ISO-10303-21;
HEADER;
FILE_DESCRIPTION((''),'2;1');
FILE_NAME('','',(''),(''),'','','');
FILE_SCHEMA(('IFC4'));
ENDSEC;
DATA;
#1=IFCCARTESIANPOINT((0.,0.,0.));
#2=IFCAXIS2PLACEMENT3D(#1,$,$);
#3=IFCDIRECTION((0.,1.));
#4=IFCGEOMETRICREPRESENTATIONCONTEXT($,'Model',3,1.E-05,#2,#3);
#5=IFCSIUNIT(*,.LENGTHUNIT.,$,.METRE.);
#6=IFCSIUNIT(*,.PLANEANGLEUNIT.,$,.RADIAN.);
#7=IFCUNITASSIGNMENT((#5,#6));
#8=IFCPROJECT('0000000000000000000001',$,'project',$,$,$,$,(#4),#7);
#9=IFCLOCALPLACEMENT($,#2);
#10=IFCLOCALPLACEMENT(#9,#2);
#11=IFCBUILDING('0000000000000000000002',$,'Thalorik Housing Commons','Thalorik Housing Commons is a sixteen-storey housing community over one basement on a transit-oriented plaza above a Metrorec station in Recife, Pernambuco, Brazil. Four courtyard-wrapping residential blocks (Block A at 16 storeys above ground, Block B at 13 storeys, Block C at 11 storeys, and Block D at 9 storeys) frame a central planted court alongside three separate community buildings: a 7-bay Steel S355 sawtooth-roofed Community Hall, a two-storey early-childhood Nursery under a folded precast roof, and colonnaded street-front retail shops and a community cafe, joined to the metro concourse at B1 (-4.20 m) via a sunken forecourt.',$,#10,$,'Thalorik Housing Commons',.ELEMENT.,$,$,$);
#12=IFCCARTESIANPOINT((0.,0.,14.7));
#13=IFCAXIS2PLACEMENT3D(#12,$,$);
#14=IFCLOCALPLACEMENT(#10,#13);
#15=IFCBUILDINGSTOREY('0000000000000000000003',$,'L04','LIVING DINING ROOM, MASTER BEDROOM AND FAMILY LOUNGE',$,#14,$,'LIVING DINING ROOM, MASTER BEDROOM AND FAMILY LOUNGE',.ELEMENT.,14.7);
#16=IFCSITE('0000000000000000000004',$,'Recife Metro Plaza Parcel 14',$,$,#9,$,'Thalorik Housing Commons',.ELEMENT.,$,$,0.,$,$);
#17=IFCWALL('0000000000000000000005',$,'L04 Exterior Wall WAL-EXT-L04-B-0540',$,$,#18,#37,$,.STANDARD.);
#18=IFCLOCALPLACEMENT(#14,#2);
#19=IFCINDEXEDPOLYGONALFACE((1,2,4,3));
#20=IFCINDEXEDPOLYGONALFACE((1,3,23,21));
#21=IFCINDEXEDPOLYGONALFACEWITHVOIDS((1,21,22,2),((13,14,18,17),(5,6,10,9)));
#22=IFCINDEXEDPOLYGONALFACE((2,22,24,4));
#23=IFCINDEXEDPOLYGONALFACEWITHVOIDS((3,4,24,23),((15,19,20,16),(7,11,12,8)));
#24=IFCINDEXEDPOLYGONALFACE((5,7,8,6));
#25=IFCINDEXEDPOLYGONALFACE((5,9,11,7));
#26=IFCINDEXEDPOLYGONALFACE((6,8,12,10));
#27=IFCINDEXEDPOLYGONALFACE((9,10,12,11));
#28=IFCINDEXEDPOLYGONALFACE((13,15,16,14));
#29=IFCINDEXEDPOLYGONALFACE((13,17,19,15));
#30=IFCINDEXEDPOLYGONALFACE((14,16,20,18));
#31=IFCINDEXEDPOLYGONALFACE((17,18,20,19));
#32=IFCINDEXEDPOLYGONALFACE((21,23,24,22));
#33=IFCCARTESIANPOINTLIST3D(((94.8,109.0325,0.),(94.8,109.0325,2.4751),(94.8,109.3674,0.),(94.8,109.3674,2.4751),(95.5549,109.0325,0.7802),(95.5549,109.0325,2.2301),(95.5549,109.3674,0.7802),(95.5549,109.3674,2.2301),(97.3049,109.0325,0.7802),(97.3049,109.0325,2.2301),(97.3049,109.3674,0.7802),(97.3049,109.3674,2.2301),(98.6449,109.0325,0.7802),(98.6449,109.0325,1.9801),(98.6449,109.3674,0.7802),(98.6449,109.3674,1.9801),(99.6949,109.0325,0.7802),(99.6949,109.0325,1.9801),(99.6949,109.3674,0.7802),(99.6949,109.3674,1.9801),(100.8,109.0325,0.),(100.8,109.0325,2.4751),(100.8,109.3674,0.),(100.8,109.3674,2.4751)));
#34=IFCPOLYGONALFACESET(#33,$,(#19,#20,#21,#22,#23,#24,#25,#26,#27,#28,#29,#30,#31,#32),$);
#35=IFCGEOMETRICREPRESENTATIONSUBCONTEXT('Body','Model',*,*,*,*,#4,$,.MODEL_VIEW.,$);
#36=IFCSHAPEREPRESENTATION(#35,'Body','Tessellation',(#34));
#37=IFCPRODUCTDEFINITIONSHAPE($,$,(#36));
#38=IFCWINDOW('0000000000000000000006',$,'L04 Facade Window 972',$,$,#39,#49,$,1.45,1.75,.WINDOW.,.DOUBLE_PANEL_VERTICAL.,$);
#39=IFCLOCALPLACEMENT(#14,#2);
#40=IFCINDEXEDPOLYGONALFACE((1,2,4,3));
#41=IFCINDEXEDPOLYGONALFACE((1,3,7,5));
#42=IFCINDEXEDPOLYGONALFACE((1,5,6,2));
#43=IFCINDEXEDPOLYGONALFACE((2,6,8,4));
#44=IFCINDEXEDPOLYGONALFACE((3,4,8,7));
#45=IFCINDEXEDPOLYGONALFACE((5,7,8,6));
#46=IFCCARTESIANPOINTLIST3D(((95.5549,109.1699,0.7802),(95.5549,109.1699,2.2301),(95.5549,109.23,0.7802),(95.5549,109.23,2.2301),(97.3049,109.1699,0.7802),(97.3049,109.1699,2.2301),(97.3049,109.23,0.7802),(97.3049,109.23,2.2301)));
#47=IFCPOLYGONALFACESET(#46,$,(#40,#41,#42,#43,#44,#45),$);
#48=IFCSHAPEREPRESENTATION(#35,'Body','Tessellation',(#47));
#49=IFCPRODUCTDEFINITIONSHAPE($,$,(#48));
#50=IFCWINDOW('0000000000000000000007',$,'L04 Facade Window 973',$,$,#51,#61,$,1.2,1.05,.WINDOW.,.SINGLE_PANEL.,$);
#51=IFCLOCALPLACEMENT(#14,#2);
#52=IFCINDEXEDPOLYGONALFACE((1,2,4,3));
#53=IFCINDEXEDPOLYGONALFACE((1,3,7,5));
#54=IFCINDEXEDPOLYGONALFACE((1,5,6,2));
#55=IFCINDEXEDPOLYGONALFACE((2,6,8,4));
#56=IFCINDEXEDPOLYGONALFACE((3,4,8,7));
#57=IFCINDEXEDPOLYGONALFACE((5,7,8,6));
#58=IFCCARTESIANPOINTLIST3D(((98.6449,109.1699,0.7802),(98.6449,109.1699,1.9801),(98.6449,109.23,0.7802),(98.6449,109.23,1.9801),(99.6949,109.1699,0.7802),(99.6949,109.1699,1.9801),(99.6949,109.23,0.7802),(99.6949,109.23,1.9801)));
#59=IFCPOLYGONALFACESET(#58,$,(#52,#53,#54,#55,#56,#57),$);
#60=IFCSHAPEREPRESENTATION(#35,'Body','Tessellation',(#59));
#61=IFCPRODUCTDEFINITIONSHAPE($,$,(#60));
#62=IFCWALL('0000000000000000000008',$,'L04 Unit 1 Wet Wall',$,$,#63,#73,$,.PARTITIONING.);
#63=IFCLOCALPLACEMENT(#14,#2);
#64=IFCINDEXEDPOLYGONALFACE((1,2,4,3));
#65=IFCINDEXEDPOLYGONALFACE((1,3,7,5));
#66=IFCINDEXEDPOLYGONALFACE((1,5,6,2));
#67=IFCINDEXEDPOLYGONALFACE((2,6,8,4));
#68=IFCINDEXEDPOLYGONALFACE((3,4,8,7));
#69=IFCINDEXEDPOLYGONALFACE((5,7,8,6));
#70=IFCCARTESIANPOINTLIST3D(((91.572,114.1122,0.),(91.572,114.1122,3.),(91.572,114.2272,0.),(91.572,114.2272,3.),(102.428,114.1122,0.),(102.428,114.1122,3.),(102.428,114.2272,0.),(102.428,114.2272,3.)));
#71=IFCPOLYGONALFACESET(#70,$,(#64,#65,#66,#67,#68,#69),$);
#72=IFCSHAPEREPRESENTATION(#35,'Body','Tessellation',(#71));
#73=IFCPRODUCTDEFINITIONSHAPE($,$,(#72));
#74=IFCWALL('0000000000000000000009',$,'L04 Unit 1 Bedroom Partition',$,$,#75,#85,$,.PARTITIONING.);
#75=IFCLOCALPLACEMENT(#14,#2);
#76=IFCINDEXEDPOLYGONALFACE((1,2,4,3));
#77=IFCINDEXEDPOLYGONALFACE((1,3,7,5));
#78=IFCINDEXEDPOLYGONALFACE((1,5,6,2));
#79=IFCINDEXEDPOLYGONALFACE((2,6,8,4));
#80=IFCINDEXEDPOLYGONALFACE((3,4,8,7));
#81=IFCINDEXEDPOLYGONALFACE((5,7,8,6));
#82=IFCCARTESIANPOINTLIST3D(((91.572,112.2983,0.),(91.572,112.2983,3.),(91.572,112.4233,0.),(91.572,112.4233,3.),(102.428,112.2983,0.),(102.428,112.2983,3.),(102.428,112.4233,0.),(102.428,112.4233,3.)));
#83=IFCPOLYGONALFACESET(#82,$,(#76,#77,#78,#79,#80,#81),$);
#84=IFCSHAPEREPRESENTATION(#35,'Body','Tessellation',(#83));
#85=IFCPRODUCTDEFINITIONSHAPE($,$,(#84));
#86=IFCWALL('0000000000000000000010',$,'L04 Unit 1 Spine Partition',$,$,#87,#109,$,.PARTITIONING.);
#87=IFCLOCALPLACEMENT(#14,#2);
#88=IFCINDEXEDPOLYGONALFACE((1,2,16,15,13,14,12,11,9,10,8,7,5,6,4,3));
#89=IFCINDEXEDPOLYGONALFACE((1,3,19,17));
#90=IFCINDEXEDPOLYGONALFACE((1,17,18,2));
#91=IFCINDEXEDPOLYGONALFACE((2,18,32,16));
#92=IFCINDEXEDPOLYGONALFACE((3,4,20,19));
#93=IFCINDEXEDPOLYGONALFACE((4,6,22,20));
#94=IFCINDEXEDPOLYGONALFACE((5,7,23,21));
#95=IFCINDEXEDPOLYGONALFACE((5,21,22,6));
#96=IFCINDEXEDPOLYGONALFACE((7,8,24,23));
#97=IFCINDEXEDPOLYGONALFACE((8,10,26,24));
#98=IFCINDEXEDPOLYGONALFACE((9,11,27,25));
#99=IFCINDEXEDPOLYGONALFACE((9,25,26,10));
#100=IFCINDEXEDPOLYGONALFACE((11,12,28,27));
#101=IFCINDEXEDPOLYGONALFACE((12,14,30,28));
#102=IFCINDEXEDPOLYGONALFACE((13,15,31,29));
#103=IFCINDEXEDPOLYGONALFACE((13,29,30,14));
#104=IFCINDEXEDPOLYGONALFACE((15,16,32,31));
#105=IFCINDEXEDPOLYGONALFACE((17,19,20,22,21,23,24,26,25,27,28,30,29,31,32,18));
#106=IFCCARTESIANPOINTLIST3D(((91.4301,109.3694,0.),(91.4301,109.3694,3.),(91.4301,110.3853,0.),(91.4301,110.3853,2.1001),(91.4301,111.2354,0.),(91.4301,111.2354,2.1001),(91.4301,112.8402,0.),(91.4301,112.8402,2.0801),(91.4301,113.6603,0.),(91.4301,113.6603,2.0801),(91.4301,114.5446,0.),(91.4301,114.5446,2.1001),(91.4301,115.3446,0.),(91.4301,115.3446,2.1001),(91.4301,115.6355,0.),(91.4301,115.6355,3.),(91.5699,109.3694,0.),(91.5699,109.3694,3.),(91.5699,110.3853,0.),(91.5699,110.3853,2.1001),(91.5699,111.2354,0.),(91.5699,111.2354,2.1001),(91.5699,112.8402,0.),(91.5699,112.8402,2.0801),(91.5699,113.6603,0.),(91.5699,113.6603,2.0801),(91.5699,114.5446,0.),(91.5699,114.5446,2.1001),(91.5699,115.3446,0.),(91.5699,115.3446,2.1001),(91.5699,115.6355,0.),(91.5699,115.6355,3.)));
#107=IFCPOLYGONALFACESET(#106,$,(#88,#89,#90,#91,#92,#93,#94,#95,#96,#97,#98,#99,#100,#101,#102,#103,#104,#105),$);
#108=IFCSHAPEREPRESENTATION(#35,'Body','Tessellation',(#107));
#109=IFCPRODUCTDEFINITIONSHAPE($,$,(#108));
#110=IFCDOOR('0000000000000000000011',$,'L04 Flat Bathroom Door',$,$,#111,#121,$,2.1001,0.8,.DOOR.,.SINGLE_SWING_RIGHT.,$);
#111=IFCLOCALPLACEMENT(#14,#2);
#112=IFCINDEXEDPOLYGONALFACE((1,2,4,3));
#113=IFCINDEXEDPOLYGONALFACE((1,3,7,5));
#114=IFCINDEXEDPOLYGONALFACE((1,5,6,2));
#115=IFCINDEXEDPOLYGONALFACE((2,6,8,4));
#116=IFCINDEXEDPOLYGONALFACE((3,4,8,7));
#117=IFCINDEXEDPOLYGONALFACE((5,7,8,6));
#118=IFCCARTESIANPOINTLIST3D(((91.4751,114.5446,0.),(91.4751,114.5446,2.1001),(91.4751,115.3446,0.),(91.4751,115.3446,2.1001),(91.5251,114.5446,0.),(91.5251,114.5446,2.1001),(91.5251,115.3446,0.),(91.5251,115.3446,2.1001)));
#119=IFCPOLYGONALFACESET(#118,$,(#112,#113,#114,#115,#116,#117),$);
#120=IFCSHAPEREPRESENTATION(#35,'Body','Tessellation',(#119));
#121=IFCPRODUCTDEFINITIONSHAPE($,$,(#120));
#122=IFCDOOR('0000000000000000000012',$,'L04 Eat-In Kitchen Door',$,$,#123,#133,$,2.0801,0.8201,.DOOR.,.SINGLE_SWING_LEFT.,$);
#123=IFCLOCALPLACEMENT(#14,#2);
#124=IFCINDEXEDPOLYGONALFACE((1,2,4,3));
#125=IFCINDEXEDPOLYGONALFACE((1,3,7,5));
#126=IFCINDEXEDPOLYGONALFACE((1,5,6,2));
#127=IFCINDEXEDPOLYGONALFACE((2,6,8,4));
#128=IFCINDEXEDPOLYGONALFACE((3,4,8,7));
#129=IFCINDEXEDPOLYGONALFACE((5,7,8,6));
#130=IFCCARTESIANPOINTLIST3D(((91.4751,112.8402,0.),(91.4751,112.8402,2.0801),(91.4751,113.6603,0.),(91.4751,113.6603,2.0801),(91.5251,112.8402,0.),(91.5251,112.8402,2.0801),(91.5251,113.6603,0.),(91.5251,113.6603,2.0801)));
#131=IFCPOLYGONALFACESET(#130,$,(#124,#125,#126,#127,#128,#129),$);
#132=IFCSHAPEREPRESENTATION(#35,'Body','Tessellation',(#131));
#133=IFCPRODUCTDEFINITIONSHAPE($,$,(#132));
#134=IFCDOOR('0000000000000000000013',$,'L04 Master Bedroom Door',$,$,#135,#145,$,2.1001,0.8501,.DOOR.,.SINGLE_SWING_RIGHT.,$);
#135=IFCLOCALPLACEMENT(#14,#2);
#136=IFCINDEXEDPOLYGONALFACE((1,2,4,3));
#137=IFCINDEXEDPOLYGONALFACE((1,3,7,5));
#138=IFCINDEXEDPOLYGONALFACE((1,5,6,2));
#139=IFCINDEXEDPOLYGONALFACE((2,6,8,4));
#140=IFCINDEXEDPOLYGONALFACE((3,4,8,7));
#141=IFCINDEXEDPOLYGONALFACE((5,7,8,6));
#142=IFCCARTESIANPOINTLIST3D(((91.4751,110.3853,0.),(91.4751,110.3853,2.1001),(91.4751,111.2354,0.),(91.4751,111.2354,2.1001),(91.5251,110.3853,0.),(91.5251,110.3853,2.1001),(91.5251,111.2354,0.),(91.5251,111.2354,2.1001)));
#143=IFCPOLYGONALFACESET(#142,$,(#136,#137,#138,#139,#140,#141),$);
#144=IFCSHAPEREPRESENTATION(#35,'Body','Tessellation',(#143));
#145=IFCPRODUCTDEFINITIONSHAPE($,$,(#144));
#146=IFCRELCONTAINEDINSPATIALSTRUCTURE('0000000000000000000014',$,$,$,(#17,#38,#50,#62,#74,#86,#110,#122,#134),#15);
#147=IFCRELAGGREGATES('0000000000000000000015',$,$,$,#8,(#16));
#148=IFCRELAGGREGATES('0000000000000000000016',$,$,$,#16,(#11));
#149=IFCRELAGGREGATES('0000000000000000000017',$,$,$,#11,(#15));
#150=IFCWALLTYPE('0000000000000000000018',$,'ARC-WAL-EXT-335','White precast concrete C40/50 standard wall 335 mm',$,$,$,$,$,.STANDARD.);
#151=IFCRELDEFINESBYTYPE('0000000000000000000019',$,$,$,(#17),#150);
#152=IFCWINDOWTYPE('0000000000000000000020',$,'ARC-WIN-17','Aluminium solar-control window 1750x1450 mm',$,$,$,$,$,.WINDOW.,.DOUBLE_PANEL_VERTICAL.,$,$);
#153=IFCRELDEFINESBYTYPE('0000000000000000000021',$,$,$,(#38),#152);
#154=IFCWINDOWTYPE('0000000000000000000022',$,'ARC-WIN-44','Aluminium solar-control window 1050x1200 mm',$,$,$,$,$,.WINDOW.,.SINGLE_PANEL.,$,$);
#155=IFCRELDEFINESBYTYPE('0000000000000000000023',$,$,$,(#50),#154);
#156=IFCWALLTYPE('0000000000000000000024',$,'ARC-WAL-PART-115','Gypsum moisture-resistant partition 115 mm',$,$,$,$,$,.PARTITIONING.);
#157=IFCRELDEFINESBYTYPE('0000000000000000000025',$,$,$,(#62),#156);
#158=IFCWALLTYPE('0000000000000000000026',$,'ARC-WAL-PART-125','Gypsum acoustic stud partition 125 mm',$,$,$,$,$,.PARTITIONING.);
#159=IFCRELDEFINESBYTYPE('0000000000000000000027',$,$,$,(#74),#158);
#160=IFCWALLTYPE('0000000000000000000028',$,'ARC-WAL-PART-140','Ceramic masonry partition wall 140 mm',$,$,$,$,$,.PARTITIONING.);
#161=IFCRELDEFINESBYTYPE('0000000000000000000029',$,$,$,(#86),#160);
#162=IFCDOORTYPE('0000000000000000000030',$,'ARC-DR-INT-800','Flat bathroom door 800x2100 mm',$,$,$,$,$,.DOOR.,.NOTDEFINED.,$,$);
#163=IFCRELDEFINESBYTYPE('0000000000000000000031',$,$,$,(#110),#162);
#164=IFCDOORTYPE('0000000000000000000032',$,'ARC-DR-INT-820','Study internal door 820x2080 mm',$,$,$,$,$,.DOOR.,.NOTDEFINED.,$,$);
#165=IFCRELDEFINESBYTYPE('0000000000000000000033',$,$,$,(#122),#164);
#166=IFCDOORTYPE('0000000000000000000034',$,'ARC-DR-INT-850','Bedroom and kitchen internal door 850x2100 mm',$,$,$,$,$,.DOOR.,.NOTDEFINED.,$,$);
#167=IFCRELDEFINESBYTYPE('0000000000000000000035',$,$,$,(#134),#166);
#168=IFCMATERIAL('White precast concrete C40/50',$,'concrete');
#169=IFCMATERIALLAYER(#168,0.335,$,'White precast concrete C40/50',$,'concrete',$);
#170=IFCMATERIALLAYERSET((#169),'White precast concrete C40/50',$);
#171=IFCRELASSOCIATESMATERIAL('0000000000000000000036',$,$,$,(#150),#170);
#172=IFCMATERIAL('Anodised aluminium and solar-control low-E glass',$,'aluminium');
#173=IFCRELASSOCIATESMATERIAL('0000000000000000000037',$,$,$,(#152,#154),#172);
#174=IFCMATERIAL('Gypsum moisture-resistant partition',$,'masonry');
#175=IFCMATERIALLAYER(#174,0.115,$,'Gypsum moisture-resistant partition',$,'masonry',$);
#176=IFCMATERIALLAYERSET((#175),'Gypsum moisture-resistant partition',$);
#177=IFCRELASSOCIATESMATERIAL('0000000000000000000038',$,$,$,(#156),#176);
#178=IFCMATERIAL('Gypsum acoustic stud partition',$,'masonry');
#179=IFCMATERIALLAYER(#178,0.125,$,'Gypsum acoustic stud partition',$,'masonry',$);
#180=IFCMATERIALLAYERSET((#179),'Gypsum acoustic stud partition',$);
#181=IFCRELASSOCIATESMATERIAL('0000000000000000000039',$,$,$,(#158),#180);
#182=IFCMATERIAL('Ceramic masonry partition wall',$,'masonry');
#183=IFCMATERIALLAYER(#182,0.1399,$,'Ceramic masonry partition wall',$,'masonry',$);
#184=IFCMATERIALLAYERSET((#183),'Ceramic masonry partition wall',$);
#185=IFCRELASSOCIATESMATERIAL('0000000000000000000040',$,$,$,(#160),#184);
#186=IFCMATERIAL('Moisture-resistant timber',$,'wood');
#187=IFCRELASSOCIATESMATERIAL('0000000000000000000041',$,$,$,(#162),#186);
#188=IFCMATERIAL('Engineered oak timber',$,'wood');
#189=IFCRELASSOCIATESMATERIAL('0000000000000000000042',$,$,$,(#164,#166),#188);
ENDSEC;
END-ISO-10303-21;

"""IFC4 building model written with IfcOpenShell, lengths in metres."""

from ifc_helpers import new_model, si_unit, direction, frame, frame_2d, origin, place, context, subcontext, project, spatial, rectangle, extrude, material, layer, layer_set, type_object, element, fill, save


model = new_model("IFC4")

# Units and contexts
model_context = context("Model", 3, precision=1e-05, world=origin(), true_north=direction((0.0, 1.0)))
body_context = subcontext(model_context, "Body", "Model", "MODEL_VIEW")
ifc_project = project(units=[si_unit("LENGTHUNIT", "METRE"), si_unit("PLANEANGLEUNIT", "RADIAN")], contexts=[model_context])

# Site, building, storey
site_placement = place(None, origin())
site = spatial("IfcSite", under=ifc_project, at=site_placement, Name="Recife Metro Plaza Parcel 14", LongName="Thalorik Housing Commons", CompositionType="ELEMENT", RefElevation=0.0)
building_placement = place(site_placement, origin())
building = spatial("IfcBuilding", under=site, at=building_placement, Name="Thalorik Housing Commons", Description="Thalorik Housing Commons is a sixteen-storey housing community over one basement on a transit-oriented plaza above a Metrorec station in Recife, Pernambuco, Brazil. Four courtyard-wrapping residential blocks (Block A at 16 storeys above ground, Block B at 13 storeys, Block C at 11 storeys, and Block D at 9 storeys) frame a central planted court alongside three separate community buildings: a 7-bay Steel S355 sawtooth-roofed Community Hall, a two-storey early-childhood Nursery under a folded precast roof, and colonnaded street-front retail shops and a community cafe, joined to the metro concourse at B1 (-4.20 m) via a sunken forecourt.", LongName="Thalorik Housing Commons", CompositionType="ELEMENT")
storey_placement = place(building_placement, frame((0.0, 0.0, 14.7)))
storey = spatial("IfcBuildingStorey", under=building, at=storey_placement, Name="L04", Description="LIVING DINING ROOM, MASTER BEDROOM AND FAMILY LOUNGE", LongName="LIVING DINING ROOM, MASTER BEDROOM AND FAMILY LOUNGE", CompositionType="ELEMENT", Elevation=14.7)

# Wall, openings, windows
ifc_material_1 = material(Name="White precast concrete C40/50", Category="concrete")
ifc_layer_1 = layer(ifc_material_1, 0.335, Name="White precast concrete C40/50", Category="concrete")
ifc_layer_set_1 = layer_set([ifc_layer_1], Name="White precast concrete C40/50")
wall_type_1 = type_object("IfcWallType", Name="ARC-WAL-EXT-335", Description="White precast concrete C40/50 standard wall 335 mm", PredefinedType="STANDARD", material=ifc_layer_set_1)
ifc_material_2 = material(Name="Anodised aluminium and solar-control low-E glass", Category="aluminium")
wall_1_placement = place(storey_placement, frame((94.8, 109.2, 0.0), z_axis=(0.0, 0.0, 1.0), x_axis=(1.0, 0.0, 0.0)))
wall_1 = element("IfcWall", 1, at=wall_1_placement, inside=storey, type_object=wall_type_1, Name="L04 Exterior Wall WAL-EXT-L04-B-0540", PredefinedType="STANDARD", context=body_context, shape_type="SweptSolid", body=[
    extrude(rectangle(XDim=6.0, YDim=0.335, at=frame_2d((3.0, 0.0))), origin(), (0.0, 0.0, 1.0), 2.4751),
])
opening_1_placement = place(wall_1_placement, frame((0.7549, 0.0, 0.78)))
opening_1 = element("IfcOpeningElement", 2, at=opening_1_placement, cuts=wall_1, PredefinedType="OPENING", context=body_context, shape_type="SweptSolid", body=[
    extrude(rectangle(XDim=1.75, YDim=1.45, at=frame_2d((0.875, 0.7251))), frame((0.0, 0.1775, 0.0), z_axis=(0.0, -1.0, 0.0), x_axis=(1.0, 0.0, 0.0)), (0.0, 0.0, 1.0), 0.355),
])
opening_2_placement = place(wall_1_placement, frame((3.845, 0.0, 0.78)))
opening_2 = element("IfcOpeningElement", 3, at=opening_2_placement, cuts=wall_1, PredefinedType="OPENING", context=body_context, shape_type="SweptSolid", body=[
    extrude(rectangle(XDim=1.05, YDim=1.2, at=frame_2d((0.5249, 0.6001))), frame((0.0, 0.1775, 0.0), z_axis=(0.0, -1.0, 0.0), x_axis=(1.0, 0.0, 0.0)), (0.0, 0.0, 1.0), 0.355),
])
window_type_1 = type_object("IfcWindowType", Name="ARC-WIN-17", Description="Aluminium solar-control window 1750x1450 mm", PartitioningType="DOUBLE_PANEL_VERTICAL", PredefinedType="WINDOW", material=ifc_material_2)
window_1_placement = place(opening_1_placement, origin())
window_1 = element("IfcWindow", 4, at=window_1_placement, inside=storey, type_object=window_type_1, Name="L04 Facade Window 972", OverallHeight=1.45, OverallWidth=1.75, PartitioningType="DOUBLE_PANEL_VERTICAL", PredefinedType="WINDOW", context=body_context, shape_type="SweptSolid", body=[
    extrude(rectangle(XDim=1.75, YDim=1.45, at=frame_2d((0.875, 0.7251))), frame((0.0, 0.03, 0.0), z_axis=(0.0, -1.0, 0.0), x_axis=(1.0, 0.0, 0.0)), (0.0, 0.0, 1.0), 0.0601),
])
fill(opening_1, window_1)
window_type_2 = type_object("IfcWindowType", Name="ARC-WIN-44", Description="Aluminium solar-control window 1050x1200 mm", PartitioningType="SINGLE_PANEL", PredefinedType="WINDOW", material=ifc_material_2)
window_2_placement = place(opening_2_placement, origin())
window_2 = element("IfcWindow", 5, at=window_2_placement, inside=storey, type_object=window_type_2, Name="L04 Facade Window 973", OverallHeight=1.2, OverallWidth=1.05, PartitioningType="SINGLE_PANEL", PredefinedType="WINDOW", context=body_context, shape_type="SweptSolid", body=[
    extrude(rectangle(XDim=1.05, YDim=1.2, at=frame_2d((0.5249, 0.6001))), frame((0.0, 0.03, 0.0), z_axis=(0.0, -1.0, 0.0), x_axis=(1.0, 0.0, 0.0)), (0.0, 0.0, 1.0), 0.0601),
])
fill(opening_2, window_2)

# Walls
ifc_material_3 = material(Name="Gypsum moisture-resistant partition", Category="masonry")
ifc_layer_2 = layer(ifc_material_3, 0.115, Name="Gypsum moisture-resistant partition", Category="masonry")
ifc_layer_set_2 = layer_set([ifc_layer_2], Name="Gypsum moisture-resistant partition")
wall_type_2 = type_object("IfcWallType", Name="ARC-WAL-PART-115", Description="Gypsum moisture-resistant partition 115 mm", PredefinedType="PARTITIONING", material=ifc_layer_set_2)
wall_2_placement = place(storey_placement, frame((91.572, 114.1697, 0.0), z_axis=(0.0, 0.0, 1.0), x_axis=(1.0, 0.0, 0.0)))
element("IfcWall", 6, at=wall_2_placement, inside=storey, type_object=wall_type_2, Name="L04 Unit 1 Wet Wall", PredefinedType="PARTITIONING", context=body_context, shape_type="SweptSolid", body=[
    extrude(rectangle(XDim=10.856, YDim=0.115, at=frame_2d((5.428, 0.0))), origin(), (0.0, 0.0, 1.0), 3.0),
])
ifc_material_4 = material(Name="Gypsum acoustic stud partition", Category="masonry")
ifc_layer_3 = layer(ifc_material_4, 0.125, Name="Gypsum acoustic stud partition", Category="masonry")
ifc_layer_set_3 = layer_set([ifc_layer_3], Name="Gypsum acoustic stud partition")
wall_type_3 = type_object("IfcWallType", Name="ARC-WAL-PART-125", Description="Gypsum acoustic stud partition 125 mm", PredefinedType="PARTITIONING", material=ifc_layer_set_3)
wall_3_placement = place(storey_placement, frame((91.572, 112.3608, 0.0), z_axis=(0.0, 0.0, 1.0), x_axis=(1.0, 0.0, 0.0)))
element("IfcWall", 7, at=wall_3_placement, inside=storey, type_object=wall_type_3, Name="L04 Unit 1 Bedroom Partition", PredefinedType="PARTITIONING", context=body_context, shape_type="SweptSolid", body=[
    extrude(rectangle(XDim=10.856, YDim=0.125, at=frame_2d((5.428, 0.0))), origin(), (0.0, 0.0, 1.0), 3.0),
])

# Wall, openings, doors
ifc_material_5 = material(Name="Ceramic masonry partition wall", Category="masonry")
ifc_layer_4 = layer(ifc_material_5, 0.1399, Name="Ceramic masonry partition wall", Category="masonry")
ifc_layer_set_4 = layer_set([ifc_layer_4], Name="Ceramic masonry partition wall")
wall_type_4 = type_object("IfcWallType", Name="ARC-WAL-PART-140", Description="Ceramic masonry partition wall 140 mm", PredefinedType="PARTITIONING", material=ifc_layer_set_4)
wall_4_placement = place(storey_placement, frame((91.5, 109.3694, 0.0), z_axis=(0.0, 0.0, 1.0), x_axis=(0.0, 1.0, 0.0)))
wall_4 = element("IfcWall", 8, at=wall_4_placement, inside=storey, type_object=wall_type_4, Name="L04 Unit 1 Spine Partition", PredefinedType="PARTITIONING", context=body_context, shape_type="SweptSolid", body=[
    extrude(rectangle(XDim=6.2661, YDim=0.1399, at=frame_2d((3.1331, 0.0))), origin(), (0.0, 0.0, 1.0), 3.0),
])
opening_3_placement = place(wall_4_placement, frame((1.0159, 0.0, 0.0)))
opening_3 = element("IfcOpeningElement", 9, at=opening_3_placement, cuts=wall_4, PredefinedType="OPENING", context=body_context, shape_type="SweptSolid", body=[
    extrude(rectangle(XDim=0.8501, YDim=2.1001, at=frame_2d((0.425, 1.05))), frame((0.0, 0.0801, 0.0), z_axis=(0.0, -1.0, 0.0), x_axis=(1.0, 0.0, 0.0)), (0.0, 0.0, 1.0), 0.1599),
])
opening_4_placement = place(wall_4_placement, frame((3.4707, 0.0, 0.0)))
opening_4 = element("IfcOpeningElement", 10, at=opening_4_placement, cuts=wall_4, PredefinedType="OPENING", context=body_context, shape_type="SweptSolid", body=[
    extrude(rectangle(XDim=0.8201, YDim=2.0801, at=frame_2d((0.4102, 1.04))), frame((0.0, 0.0801, 0.0), z_axis=(0.0, -1.0, 0.0), x_axis=(1.0, 0.0, 0.0)), (0.0, 0.0, 1.0), 0.1599),
])
opening_5_placement = place(wall_4_placement, frame((5.1753, 0.0, 0.0)))
opening_5 = element("IfcOpeningElement", 11, at=opening_5_placement, cuts=wall_4, PredefinedType="OPENING", context=body_context, shape_type="SweptSolid", body=[
    extrude(rectangle(XDim=0.8, YDim=2.1001, at=frame_2d((0.3999, 1.05))), frame((0.0, 0.0801, 0.0), z_axis=(0.0, -1.0, 0.0), x_axis=(1.0, 0.0, 0.0)), (0.0, 0.0, 1.0), 0.1599),
])
ifc_material_6 = material(Name="Moisture-resistant timber", Category="wood")
door_type_1 = type_object("IfcDoorType", Name="ARC-DR-INT-800", Description="Flat bathroom door 800x2100 mm", OperationType="NOTDEFINED", PredefinedType="DOOR", material=ifc_material_6)
door_1_placement = place(opening_5_placement, origin())
door_1 = element("IfcDoor", 12, at=door_1_placement, inside=storey, type_object=door_type_1, Name="L04 Flat Bathroom Door", OperationType="SINGLE_SWING_RIGHT", OverallHeight=2.1001, OverallWidth=0.8, PredefinedType="DOOR", context=body_context, shape_type="SweptSolid", body=[
    extrude(rectangle(XDim=0.8, YDim=2.1001, at=frame_2d((0.3999, 1.05))), frame((0.0, 0.0249, 0.0), z_axis=(0.0, -1.0, 0.0), x_axis=(1.0, 0.0, 0.0)), (0.0, 0.0, 1.0), 0.05),
])
fill(opening_5, door_1)
ifc_material_7 = material(Name="Engineered oak timber", Category="wood")
door_type_2 = type_object("IfcDoorType", Name="ARC-DR-INT-820", Description="Study internal door 820x2080 mm", OperationType="NOTDEFINED", PredefinedType="DOOR", material=ifc_material_7)
door_2_placement = place(opening_4_placement, origin())
door_2 = element("IfcDoor", 13, at=door_2_placement, inside=storey, type_object=door_type_2, Name="L04 Eat-In Kitchen Door", OperationType="SINGLE_SWING_LEFT", OverallHeight=2.0801, OverallWidth=0.8201, PredefinedType="DOOR", context=body_context, shape_type="SweptSolid", body=[
    extrude(rectangle(XDim=0.8201, YDim=2.0801, at=frame_2d((0.4102, 1.04))), frame((0.0, 0.0249, 0.0), z_axis=(0.0, -1.0, 0.0), x_axis=(1.0, 0.0, 0.0)), (0.0, 0.0, 1.0), 0.05),
])
fill(opening_4, door_2)
door_type_3 = type_object("IfcDoorType", Name="ARC-DR-INT-850", Description="Bedroom and kitchen internal door 850x2100 mm", OperationType="NOTDEFINED", PredefinedType="DOOR", material=ifc_material_7)
door_3_placement = place(opening_3_placement, origin())
door_3 = element("IfcDoor", 14, at=door_3_placement, inside=storey, type_object=door_type_3, Name="L04 Master Bedroom Door", OperationType="SINGLE_SWING_RIGHT", OverallHeight=2.1001, OverallWidth=0.8501, PredefinedType="DOOR", context=body_context, shape_type="SweptSolid", body=[
    extrude(rectangle(XDim=0.8501, YDim=2.1001, at=frame_2d((0.425, 1.05))), frame((0.0, 0.0249, 0.0), z_axis=(0.0, -1.0, 0.0), x_axis=(1.0, 0.0, 0.0)), (0.0, 0.0, 1.0), 0.05),
])
fill(opening_3, door_3)

save(model, "model.ifc")
